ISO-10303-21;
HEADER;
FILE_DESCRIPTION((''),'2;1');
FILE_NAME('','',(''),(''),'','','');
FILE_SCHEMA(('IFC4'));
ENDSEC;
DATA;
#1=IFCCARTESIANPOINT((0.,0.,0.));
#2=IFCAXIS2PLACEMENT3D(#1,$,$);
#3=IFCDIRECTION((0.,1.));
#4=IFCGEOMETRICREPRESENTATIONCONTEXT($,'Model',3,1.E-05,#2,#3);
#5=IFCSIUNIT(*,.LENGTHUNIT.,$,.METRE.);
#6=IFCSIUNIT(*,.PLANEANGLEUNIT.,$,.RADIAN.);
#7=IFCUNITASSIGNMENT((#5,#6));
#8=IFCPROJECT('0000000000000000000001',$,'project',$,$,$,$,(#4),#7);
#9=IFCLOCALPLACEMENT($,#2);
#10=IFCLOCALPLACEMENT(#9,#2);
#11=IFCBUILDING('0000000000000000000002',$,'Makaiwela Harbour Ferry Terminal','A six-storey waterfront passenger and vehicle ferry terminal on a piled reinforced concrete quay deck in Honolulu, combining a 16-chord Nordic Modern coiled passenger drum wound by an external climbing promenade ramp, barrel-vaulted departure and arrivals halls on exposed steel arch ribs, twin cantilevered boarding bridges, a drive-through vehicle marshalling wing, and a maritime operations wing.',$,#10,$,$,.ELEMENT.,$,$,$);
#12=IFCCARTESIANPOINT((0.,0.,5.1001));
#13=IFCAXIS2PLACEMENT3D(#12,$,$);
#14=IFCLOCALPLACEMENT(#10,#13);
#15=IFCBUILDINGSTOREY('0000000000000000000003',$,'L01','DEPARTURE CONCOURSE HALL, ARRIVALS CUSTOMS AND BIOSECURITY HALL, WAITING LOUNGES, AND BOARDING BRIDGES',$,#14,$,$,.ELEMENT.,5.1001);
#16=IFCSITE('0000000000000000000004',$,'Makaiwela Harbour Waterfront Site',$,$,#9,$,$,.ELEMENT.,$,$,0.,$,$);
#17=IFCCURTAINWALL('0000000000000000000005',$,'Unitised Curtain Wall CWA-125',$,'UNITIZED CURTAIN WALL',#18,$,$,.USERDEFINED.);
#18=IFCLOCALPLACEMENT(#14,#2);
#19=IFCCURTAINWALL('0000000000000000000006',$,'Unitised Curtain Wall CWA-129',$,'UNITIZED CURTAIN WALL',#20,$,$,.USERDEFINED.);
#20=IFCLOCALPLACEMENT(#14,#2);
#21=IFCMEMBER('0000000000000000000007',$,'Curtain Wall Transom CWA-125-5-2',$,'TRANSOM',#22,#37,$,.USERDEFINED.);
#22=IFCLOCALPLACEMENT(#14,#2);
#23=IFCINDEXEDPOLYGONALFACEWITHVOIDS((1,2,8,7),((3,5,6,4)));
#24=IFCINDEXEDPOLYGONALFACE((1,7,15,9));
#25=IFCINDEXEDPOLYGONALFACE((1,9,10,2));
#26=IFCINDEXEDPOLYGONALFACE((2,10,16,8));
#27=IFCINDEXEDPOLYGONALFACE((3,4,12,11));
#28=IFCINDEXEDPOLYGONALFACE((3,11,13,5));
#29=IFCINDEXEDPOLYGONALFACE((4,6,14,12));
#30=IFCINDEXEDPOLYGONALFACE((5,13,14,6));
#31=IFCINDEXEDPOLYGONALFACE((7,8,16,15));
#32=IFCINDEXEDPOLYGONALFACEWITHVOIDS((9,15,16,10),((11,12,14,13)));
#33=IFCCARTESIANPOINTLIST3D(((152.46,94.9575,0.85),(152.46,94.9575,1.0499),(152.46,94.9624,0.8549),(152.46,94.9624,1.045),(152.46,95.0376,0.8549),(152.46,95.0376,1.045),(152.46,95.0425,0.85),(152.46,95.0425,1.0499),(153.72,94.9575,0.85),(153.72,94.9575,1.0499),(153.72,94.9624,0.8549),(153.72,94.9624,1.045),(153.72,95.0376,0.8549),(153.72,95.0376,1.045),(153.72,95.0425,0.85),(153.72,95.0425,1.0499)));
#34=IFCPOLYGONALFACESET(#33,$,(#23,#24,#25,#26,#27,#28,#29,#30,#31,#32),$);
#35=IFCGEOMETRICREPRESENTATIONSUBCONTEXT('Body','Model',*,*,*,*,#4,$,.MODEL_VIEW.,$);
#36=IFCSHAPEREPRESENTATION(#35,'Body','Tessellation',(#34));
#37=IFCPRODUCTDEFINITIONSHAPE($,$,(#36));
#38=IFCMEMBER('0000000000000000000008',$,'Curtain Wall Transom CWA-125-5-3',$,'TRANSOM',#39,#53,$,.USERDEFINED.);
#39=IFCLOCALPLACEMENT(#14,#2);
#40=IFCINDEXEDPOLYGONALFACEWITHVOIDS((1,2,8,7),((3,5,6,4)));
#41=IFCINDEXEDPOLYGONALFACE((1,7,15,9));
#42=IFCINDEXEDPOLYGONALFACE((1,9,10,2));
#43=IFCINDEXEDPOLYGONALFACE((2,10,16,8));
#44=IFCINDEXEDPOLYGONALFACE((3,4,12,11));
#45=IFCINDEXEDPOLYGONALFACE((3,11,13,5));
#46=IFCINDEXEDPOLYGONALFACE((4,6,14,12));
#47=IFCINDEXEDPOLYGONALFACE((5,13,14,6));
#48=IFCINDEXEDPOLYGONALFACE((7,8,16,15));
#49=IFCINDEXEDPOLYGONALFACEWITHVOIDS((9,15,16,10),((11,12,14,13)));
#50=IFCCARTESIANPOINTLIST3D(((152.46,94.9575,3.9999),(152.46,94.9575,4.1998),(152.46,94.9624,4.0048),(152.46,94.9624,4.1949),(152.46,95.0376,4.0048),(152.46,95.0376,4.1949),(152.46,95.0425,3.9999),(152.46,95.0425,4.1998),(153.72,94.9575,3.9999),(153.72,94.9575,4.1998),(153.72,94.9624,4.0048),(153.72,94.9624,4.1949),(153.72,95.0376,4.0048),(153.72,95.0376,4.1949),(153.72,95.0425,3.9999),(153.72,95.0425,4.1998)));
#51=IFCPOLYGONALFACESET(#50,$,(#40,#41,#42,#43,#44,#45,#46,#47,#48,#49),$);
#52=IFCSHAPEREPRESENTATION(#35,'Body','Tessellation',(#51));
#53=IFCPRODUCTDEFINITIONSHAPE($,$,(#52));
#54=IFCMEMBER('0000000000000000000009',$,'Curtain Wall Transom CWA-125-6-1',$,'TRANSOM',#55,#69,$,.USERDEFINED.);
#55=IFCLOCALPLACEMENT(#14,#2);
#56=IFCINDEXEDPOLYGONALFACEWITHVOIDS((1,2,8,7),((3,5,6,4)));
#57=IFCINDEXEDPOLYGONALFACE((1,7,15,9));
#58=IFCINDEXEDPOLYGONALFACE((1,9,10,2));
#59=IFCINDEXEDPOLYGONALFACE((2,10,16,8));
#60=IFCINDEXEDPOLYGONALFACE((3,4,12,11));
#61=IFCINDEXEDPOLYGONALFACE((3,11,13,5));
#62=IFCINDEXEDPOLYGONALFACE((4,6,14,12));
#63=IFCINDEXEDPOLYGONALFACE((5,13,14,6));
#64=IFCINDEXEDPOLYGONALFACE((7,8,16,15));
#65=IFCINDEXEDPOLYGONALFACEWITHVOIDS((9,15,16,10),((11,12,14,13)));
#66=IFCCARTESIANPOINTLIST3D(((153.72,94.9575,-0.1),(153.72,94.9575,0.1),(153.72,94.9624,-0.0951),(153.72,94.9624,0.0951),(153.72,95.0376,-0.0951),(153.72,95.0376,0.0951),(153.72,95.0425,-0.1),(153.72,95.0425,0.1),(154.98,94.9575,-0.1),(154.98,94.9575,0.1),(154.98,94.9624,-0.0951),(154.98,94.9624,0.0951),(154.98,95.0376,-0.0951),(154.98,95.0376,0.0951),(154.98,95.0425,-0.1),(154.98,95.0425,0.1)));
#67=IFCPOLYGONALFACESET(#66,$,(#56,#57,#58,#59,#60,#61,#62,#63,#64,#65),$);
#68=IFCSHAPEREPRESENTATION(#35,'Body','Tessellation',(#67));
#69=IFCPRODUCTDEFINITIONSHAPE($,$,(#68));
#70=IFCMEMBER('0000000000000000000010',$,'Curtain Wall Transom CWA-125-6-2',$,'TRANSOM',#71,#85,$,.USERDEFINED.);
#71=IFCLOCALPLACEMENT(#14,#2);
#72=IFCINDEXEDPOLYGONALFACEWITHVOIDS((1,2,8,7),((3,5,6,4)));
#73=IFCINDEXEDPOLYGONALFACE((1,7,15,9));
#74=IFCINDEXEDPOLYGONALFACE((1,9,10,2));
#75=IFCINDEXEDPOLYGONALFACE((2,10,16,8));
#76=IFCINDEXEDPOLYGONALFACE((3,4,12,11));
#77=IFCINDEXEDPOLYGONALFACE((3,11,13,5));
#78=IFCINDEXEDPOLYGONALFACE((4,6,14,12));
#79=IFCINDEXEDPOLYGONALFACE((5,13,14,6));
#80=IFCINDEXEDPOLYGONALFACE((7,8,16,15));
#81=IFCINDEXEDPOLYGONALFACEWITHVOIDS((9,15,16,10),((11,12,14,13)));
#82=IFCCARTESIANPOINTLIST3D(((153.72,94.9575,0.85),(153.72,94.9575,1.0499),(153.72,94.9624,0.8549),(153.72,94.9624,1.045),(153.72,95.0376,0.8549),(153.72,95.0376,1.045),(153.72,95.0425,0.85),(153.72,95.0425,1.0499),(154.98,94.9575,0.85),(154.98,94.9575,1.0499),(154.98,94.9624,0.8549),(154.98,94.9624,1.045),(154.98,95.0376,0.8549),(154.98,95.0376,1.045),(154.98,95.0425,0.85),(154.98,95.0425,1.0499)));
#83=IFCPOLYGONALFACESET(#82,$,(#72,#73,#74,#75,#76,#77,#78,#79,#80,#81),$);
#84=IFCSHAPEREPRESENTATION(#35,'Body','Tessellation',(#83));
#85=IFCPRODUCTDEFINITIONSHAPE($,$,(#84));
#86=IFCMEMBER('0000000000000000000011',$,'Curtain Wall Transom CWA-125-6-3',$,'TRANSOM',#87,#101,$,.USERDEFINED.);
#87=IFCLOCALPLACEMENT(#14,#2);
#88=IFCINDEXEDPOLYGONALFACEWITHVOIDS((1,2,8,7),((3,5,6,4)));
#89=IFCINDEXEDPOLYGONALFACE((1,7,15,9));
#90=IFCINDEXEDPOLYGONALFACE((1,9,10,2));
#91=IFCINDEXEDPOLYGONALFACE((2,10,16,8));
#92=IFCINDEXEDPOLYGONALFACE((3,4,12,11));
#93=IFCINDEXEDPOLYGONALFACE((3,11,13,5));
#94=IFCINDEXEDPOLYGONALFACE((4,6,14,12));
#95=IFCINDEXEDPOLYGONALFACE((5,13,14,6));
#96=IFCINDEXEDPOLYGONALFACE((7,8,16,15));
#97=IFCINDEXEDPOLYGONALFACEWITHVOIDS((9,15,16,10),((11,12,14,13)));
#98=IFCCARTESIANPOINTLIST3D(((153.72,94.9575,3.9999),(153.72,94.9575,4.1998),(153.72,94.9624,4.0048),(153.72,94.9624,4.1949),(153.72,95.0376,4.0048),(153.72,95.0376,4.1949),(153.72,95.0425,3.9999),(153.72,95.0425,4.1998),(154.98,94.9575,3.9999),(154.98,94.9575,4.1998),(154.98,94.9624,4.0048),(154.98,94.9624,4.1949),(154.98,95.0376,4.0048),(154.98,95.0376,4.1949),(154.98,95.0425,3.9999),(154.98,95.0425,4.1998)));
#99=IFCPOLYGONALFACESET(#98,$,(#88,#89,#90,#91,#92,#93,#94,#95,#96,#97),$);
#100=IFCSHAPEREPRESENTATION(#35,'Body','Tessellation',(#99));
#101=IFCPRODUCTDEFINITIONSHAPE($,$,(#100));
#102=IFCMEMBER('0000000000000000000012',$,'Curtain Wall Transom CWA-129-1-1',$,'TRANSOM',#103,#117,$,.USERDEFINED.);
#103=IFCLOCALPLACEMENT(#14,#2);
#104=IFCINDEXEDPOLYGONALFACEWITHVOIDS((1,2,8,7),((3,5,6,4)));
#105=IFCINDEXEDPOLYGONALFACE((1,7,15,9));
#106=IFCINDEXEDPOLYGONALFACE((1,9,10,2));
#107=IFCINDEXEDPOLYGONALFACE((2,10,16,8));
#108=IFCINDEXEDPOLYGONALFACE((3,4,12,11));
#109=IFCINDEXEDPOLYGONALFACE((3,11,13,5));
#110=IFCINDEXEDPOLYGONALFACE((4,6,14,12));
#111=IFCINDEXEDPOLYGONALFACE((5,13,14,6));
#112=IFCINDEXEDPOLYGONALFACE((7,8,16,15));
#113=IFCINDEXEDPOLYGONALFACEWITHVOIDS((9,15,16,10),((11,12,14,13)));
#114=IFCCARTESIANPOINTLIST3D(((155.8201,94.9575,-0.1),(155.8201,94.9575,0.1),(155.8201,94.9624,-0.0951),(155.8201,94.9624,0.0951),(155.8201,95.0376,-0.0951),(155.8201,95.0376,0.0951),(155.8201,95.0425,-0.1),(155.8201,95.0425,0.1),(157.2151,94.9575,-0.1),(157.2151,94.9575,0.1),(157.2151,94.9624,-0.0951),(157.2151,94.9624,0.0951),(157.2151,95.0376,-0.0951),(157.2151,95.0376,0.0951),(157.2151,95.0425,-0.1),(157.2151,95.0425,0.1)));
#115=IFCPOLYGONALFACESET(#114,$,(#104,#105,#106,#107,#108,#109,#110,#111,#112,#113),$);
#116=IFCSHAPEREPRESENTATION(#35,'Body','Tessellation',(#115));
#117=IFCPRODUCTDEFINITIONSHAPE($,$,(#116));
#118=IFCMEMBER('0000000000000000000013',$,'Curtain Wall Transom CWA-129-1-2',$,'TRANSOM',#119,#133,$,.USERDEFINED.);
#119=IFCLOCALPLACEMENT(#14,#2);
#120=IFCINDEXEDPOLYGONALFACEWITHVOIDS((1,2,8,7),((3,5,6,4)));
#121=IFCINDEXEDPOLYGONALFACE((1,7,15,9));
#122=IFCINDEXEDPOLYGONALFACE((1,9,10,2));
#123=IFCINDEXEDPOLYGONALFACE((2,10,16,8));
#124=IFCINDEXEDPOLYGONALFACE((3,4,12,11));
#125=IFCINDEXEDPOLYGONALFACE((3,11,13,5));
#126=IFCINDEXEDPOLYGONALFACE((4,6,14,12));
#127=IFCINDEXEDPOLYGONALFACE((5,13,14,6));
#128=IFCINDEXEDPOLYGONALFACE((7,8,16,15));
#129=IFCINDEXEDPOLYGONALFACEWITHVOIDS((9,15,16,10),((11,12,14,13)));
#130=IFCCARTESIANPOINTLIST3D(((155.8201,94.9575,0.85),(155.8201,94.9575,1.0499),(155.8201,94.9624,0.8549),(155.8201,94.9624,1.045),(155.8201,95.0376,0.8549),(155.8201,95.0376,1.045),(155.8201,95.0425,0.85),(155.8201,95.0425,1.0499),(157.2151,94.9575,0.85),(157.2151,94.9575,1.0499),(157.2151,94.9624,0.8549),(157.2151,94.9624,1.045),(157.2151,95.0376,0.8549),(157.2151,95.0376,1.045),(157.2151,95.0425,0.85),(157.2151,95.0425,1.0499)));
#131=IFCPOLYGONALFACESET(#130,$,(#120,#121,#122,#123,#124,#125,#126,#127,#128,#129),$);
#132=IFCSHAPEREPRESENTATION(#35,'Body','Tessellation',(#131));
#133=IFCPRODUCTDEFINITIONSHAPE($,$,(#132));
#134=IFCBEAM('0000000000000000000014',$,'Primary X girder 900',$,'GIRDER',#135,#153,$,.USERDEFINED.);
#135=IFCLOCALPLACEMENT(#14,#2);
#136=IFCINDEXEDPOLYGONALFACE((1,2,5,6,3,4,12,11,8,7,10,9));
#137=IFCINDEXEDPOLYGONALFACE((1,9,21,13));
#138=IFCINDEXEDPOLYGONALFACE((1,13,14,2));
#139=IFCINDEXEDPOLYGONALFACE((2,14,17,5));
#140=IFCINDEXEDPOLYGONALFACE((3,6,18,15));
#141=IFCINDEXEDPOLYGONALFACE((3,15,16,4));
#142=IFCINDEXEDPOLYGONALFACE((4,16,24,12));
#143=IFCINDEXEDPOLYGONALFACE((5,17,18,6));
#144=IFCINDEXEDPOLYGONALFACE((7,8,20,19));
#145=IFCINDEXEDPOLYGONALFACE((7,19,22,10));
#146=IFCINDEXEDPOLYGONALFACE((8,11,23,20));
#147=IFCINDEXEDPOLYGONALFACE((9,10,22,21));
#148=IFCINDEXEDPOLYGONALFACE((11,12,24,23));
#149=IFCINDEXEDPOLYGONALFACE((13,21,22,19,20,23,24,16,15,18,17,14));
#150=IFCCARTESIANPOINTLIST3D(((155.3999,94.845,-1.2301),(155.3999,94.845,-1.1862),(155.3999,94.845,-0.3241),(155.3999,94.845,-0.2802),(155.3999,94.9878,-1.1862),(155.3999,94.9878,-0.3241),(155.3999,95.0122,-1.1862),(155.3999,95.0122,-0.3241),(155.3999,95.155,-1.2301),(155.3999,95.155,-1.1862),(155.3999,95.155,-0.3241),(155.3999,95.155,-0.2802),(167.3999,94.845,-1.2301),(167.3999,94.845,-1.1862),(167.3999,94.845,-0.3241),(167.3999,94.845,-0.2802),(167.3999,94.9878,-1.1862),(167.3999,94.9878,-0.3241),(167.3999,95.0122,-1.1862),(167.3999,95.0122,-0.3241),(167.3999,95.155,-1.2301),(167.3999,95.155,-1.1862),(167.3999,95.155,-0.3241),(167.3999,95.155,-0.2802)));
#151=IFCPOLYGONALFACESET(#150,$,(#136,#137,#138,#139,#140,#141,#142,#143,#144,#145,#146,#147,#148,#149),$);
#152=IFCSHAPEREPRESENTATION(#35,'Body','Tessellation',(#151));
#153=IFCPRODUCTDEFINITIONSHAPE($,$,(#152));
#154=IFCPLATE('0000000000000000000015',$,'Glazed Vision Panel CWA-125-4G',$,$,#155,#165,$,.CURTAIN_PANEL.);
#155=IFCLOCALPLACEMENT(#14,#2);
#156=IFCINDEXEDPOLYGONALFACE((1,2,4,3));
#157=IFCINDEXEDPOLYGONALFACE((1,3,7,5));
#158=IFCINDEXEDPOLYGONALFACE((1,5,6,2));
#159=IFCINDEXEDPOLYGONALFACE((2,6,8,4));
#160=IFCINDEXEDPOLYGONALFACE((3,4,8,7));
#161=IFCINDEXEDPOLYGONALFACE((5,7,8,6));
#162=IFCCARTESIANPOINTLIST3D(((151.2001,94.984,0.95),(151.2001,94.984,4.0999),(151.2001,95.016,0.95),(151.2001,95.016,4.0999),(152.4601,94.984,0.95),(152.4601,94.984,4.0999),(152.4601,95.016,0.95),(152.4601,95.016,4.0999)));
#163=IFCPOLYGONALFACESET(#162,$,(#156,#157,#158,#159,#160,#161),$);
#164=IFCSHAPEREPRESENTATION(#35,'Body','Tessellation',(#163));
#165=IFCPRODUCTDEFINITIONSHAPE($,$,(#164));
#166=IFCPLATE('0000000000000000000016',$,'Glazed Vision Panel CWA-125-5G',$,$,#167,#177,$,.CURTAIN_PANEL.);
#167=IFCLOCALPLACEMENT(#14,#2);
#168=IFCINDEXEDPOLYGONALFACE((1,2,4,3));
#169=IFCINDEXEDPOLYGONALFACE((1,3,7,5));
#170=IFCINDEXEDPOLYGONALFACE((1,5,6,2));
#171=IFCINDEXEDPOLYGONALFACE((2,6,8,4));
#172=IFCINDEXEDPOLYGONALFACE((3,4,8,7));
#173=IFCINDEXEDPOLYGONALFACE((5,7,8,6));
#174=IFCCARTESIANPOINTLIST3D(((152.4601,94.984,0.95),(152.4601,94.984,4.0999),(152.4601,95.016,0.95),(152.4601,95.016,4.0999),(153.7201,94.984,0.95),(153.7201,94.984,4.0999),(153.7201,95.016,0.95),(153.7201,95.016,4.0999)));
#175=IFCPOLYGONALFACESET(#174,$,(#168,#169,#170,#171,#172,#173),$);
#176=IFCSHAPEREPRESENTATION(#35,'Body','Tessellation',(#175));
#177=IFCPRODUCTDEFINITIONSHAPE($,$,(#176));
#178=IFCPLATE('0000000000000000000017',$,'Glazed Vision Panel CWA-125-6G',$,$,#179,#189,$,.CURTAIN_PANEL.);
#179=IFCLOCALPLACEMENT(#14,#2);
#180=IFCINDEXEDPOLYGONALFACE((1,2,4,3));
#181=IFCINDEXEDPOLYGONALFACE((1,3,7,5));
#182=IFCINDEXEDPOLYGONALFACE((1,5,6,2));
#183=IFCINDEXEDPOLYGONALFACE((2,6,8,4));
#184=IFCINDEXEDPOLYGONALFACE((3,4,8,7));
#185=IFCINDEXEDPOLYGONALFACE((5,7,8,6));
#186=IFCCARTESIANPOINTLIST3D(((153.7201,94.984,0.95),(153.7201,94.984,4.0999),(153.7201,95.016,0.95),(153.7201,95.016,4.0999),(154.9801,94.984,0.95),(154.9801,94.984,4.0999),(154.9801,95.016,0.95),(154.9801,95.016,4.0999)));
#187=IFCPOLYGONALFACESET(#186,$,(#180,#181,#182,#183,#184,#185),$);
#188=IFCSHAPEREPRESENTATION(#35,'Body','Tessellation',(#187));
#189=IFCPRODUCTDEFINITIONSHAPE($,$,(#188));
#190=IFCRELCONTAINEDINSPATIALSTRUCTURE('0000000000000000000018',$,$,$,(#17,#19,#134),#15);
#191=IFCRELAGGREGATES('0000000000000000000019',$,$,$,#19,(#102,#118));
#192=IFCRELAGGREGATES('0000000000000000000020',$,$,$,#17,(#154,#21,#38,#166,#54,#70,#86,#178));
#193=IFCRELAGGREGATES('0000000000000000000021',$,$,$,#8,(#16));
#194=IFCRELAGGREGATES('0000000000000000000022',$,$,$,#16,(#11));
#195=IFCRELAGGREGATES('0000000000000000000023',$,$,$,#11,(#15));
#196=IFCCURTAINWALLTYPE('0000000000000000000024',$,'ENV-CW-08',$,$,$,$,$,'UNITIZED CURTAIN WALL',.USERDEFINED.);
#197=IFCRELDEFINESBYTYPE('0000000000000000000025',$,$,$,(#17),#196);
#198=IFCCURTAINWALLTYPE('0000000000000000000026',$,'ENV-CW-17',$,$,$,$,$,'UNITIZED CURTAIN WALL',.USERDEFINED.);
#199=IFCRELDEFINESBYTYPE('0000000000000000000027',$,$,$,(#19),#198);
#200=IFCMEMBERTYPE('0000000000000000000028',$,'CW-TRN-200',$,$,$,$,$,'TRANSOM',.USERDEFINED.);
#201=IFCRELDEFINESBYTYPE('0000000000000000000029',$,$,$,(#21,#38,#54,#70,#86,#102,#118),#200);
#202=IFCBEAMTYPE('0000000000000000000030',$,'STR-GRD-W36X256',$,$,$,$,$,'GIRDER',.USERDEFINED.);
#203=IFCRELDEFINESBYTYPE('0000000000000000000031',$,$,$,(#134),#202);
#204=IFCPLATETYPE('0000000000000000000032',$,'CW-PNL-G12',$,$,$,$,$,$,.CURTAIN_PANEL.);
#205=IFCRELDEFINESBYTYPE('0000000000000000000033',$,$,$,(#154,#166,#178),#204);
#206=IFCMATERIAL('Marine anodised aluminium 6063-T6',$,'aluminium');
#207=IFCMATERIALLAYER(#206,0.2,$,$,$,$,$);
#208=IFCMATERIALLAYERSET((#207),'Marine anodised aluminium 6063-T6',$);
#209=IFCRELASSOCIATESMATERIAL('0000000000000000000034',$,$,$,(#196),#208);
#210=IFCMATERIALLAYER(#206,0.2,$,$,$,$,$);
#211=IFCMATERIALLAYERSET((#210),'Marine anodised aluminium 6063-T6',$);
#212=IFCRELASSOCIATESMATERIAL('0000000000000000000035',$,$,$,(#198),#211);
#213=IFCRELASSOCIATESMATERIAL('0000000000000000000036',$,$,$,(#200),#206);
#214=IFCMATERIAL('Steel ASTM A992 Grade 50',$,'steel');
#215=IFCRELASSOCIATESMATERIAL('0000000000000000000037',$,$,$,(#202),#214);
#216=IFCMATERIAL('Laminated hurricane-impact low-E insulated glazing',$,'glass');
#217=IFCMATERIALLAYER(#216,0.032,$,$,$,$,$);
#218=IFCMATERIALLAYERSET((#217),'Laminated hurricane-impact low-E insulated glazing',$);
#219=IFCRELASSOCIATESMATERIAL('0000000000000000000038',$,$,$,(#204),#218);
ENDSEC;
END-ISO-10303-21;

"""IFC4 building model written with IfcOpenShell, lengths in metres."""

from ifc_helpers import new_model, si_unit, direction, frame, origin, origin_2d, place, context, subcontext, project, spatial, rectangle, hollow_rectangle, i_section, extrude, material, layer, layer_set, material_profile, profile_set, type_object, element, aggregate, save


model = new_model("IFC4")

# Units and contexts
model_context = context("Model", 3, precision=1e-05, world=origin(), true_north=direction((0.0, 1.0)))
body_context = subcontext(model_context, "Body", "Model", "MODEL_VIEW")
ifc_project = project(units=[si_unit("LENGTHUNIT", "METRE"), si_unit("PLANEANGLEUNIT", "RADIAN")], contexts=[model_context])

# Site, building, storey
site_placement = place(None, origin())
site = spatial("IfcSite", under=ifc_project, at=site_placement, Name="Makaiwela Harbour Waterfront Site", CompositionType="ELEMENT", RefElevation=0.0)
building_placement = place(site_placement, origin())
building = spatial("IfcBuilding", under=site, at=building_placement, Name="Makaiwela Harbour Ferry Terminal", Description="A six-storey waterfront passenger and vehicle ferry terminal on a piled reinforced concrete quay deck in Honolulu, combining a 16-chord Nordic Modern coiled passenger drum wound by an external climbing promenade ramp, barrel-vaulted departure and arrivals halls on exposed steel arch ribs, twin cantilevered boarding bridges, a drive-through vehicle marshalling wing, and a maritime operations wing.", CompositionType="ELEMENT")
storey_placement = place(building_placement, frame((0.0, 0.0, 5.1001)))
storey = spatial("IfcBuildingStorey", under=building, at=storey_placement, Name="L01", Description="DEPARTURE CONCOURSE HALL, ARRIVALS CUSTOMS AND BIOSECURITY HALL, WAITING LOUNGES, AND BOARDING BRIDGES", CompositionType="ELEMENT", Elevation=5.1001)

# Shared definitions
ifc_material_1 = material(Name="Steel ASTM A992 Grade 50", Category="steel")

# Curtain wall
ifc_material_2 = material(Name="Marine anodised aluminium 6063-T6", Category="aluminium")
ifc_layer_1 = layer(ifc_material_2, 0.2)
ifc_layer_set_1 = layer_set([ifc_layer_1], Name="Marine anodised aluminium 6063-T6")
curtain_wall_type_1 = type_object("IfcCurtainWallType", Name="ENV-CW-08", ElementType="UNITIZED CURTAIN WALL", PredefinedType="USERDEFINED", material=ifc_layer_set_1)
curtain_wall_1_placement = place(storey_placement, origin())
curtain_wall_1 = element("IfcCurtainWall", 1, at=curtain_wall_1_placement, inside=storey, type_object=curtain_wall_type_1, Name="Unitised Curtain Wall CWA-125", ObjectType="UNITIZED CURTAIN WALL", PredefinedType="USERDEFINED")

# Curtain wall
ifc_layer_2 = layer(ifc_material_2, 0.2)
ifc_layer_set_2 = layer_set([ifc_layer_2], Name="Marine anodised aluminium 6063-T6")
curtain_wall_type_2 = type_object("IfcCurtainWallType", Name="ENV-CW-17", ElementType="UNITIZED CURTAIN WALL", PredefinedType="USERDEFINED", material=ifc_layer_set_2)
curtain_wall_2_placement = place(storey_placement, origin())
curtain_wall_2 = element("IfcCurtainWall", 2, at=curtain_wall_2_placement, inside=storey, type_object=curtain_wall_type_2, Name="Unitised Curtain Wall CWA-129", ObjectType="UNITIZED CURTAIN WALL", PredefinedType="USERDEFINED")

# Members
ifc_material_profile_1 = material_profile(ifc_material_2, hollow_rectangle(XDim=0.085, YDim=0.2, WallThickness=0.0049, at=origin_2d()), Name="CWT-200X85")
ifc_profile_set_1 = profile_set([ifc_material_profile_1], Name="Marine anodised aluminium 6063-T6")
member_type_1 = type_object("IfcMemberType", Name="CW-TRN-200", ElementType="TRANSOM", PredefinedType="USERDEFINED", material=ifc_profile_set_1)
member_1_placement = place(storey_placement, frame((152.46, 95.0, 0.95), z_axis=(1.0, 0.0, 0.0), x_axis=(0.0, 1.0, 0.0)))
member_1 = element("IfcMember", 3, at=member_1_placement, type_object=member_type_1, Name="Curtain Wall Transom CWA-125-5-2", ObjectType="TRANSOM", PredefinedType="USERDEFINED", context=body_context, shape_type="SweptSolid", body=[
    extrude(hollow_rectangle(XDim=0.085, YDim=0.2, WallThickness=0.0049, at=origin_2d()), origin(), (0.0, 0.0, 1.0), 1.26),
])
member_2_placement = place(storey_placement, frame((152.46, 95.0, 4.0999), z_axis=(1.0, 0.0, 0.0), x_axis=(0.0, 1.0, 0.0)))
member_2 = element("IfcMember", 4, at=member_2_placement, type_object=member_type_1, Name="Curtain Wall Transom CWA-125-5-3", ObjectType="TRANSOM", PredefinedType="USERDEFINED", context=body_context, shape_type="SweptSolid", body=[
    extrude(hollow_rectangle(XDim=0.085, YDim=0.2, WallThickness=0.0049, at=origin_2d()), origin(), (0.0, 0.0, 1.0), 1.26),
])
member_3_placement = place(storey_placement, frame((153.72, 95.0, 0.0), z_axis=(1.0, 0.0, 0.0), x_axis=(0.0, 1.0, 0.0)))
member_3 = element("IfcMember", 5, at=member_3_placement, type_object=member_type_1, Name="Curtain Wall Transom CWA-125-6-1", ObjectType="TRANSOM", PredefinedType="USERDEFINED", context=body_context, shape_type="SweptSolid", body=[
    extrude(hollow_rectangle(XDim=0.085, YDim=0.2, WallThickness=0.0049, at=origin_2d()), origin(), (0.0, 0.0, 1.0), 1.26),
])
member_4_placement = place(storey_placement, frame((153.72, 95.0, 0.95), z_axis=(1.0, 0.0, 0.0), x_axis=(0.0, 1.0, 0.0)))
member_4 = element("IfcMember", 6, at=member_4_placement, type_object=member_type_1, Name="Curtain Wall Transom CWA-125-6-2", ObjectType="TRANSOM", PredefinedType="USERDEFINED", context=body_context, shape_type="SweptSolid", body=[
    extrude(hollow_rectangle(XDim=0.085, YDim=0.2, WallThickness=0.0049, at=origin_2d()), origin(), (0.0, 0.0, 1.0), 1.26),
])
member_5_placement = place(storey_placement, frame((153.72, 95.0, 4.0999), z_axis=(1.0, 0.0, 0.0), x_axis=(0.0, 1.0, 0.0)))
member_5 = element("IfcMember", 7, at=member_5_placement, type_object=member_type_1, Name="Curtain Wall Transom CWA-125-6-3", ObjectType="TRANSOM", PredefinedType="USERDEFINED", context=body_context, shape_type="SweptSolid", body=[
    extrude(hollow_rectangle(XDim=0.085, YDim=0.2, WallThickness=0.0049, at=origin_2d()), origin(), (0.0, 0.0, 1.0), 1.26),
])
member_6_placement = place(storey_placement, frame((155.8201, 95.0, 0.0), z_axis=(1.0, 0.0, 0.0), x_axis=(0.0, 1.0, 0.0)))
member_6 = element("IfcMember", 8, at=member_6_placement, type_object=member_type_1, Name="Curtain Wall Transom CWA-129-1-1", ObjectType="TRANSOM", PredefinedType="USERDEFINED", context=body_context, shape_type="SweptSolid", body=[
    extrude(hollow_rectangle(XDim=0.085, YDim=0.2, WallThickness=0.0049, at=origin_2d()), origin(), (0.0, 0.0, 1.0), 1.395),
])
member_7_placement = place(storey_placement, frame((155.8201, 95.0, 0.95), z_axis=(1.0, 0.0, 0.0), x_axis=(0.0, 1.0, 0.0)))
member_7 = element("IfcMember", 9, at=member_7_placement, type_object=member_type_1, Name="Curtain Wall Transom CWA-129-1-2", ObjectType="TRANSOM", PredefinedType="USERDEFINED", context=body_context, shape_type="SweptSolid", body=[
    extrude(hollow_rectangle(XDim=0.085, YDim=0.2, WallThickness=0.0049, at=origin_2d()), origin(), (0.0, 0.0, 1.0), 1.395),
])
aggregate(curtain_wall_2, [member_6, member_7])

# Beam
ifc_material_profile_2 = material_profile(ifc_material_1, i_section(OverallWidth=0.3101, OverallDepth=0.95, WebThickness=0.0244, FlangeThickness=0.0439, at=origin_2d()), Name="W36X256")
ifc_profile_set_2 = profile_set([ifc_material_profile_2], Name="Steel ASTM A992 Grade 50")
beam_type = type_object("IfcBeamType", Name="STR-GRD-W36X256", ElementType="GIRDER", PredefinedType="USERDEFINED", material=ifc_profile_set_2)
beam_placement = place(storey_placement, frame((155.3999, 95.0, -0.7551), z_axis=(1.0, 0.0, 0.0), x_axis=(0.0, 1.0, 0.0)))
element("IfcBeam", 10, at=beam_placement, inside=storey, type_object=beam_type, Name="Primary X girder 900", ObjectType="GIRDER", PredefinedType="USERDEFINED", context=body_context, shape_type="SweptSolid", body=[
    extrude(i_section(OverallWidth=0.3101, OverallDepth=0.95, WebThickness=0.0244, FlangeThickness=0.0439, at=origin_2d()), origin(), (0.0, 0.0, 1.0), 12.0),
])

# Plates
ifc_material_3 = material(Name="Laminated hurricane-impact low-E insulated glazing", Category="glass")
ifc_layer_3 = layer(ifc_material_3, 0.032)
ifc_layer_set_3 = layer_set([ifc_layer_3], Name="Laminated hurricane-impact low-E insulated glazing")
plate_type_1 = type_object("IfcPlateType", Name="CW-PNL-G12", PredefinedType="CURTAIN_PANEL", material=ifc_layer_set_3)
plate_1_placement = place(storey_placement, frame((151.8301, 95.0, 0.95), z_axis=(0.0, 0.0, 1.0), x_axis=(1.0, 0.0, 0.0)))
plate_1 = element("IfcPlate", 11, at=plate_1_placement, type_object=plate_type_1, Name="Glazed Vision Panel CWA-125-4G", PredefinedType="CURTAIN_PANEL", context=body_context, shape_type="SweptSolid", body=[
    extrude(rectangle(XDim=1.26, YDim=0.032, at=origin_2d()), origin(), (0.0, 0.0, 1.0), 3.1499),
])
plate_2_placement = place(storey_placement, frame((153.0901, 95.0, 0.95), z_axis=(0.0, 0.0, 1.0), x_axis=(1.0, 0.0, 0.0)))
plate_2 = element("IfcPlate", 12, at=plate_2_placement, type_object=plate_type_1, Name="Glazed Vision Panel CWA-125-5G", PredefinedType="CURTAIN_PANEL", context=body_context, shape_type="SweptSolid", body=[
    extrude(rectangle(XDim=1.26, YDim=0.032, at=origin_2d()), origin(), (0.0, 0.0, 1.0), 3.1499),
])
plate_3_placement = place(storey_placement, frame((154.3501, 95.0, 0.95), z_axis=(0.0, 0.0, 1.0), x_axis=(1.0, 0.0, 0.0)))
plate_3 = element("IfcPlate", 13, at=plate_3_placement, type_object=plate_type_1, Name="Glazed Vision Panel CWA-125-6G", PredefinedType="CURTAIN_PANEL", context=body_context, shape_type="SweptSolid", body=[
    extrude(rectangle(XDim=1.26, YDim=0.032, at=origin_2d()), origin(), (0.0, 0.0, 1.0), 3.1499),
])
aggregate(curtain_wall_1, [plate_1, member_1, member_2, plate_2, member_3, member_4, member_5, plate_3])

save(model, "model.ifc")
